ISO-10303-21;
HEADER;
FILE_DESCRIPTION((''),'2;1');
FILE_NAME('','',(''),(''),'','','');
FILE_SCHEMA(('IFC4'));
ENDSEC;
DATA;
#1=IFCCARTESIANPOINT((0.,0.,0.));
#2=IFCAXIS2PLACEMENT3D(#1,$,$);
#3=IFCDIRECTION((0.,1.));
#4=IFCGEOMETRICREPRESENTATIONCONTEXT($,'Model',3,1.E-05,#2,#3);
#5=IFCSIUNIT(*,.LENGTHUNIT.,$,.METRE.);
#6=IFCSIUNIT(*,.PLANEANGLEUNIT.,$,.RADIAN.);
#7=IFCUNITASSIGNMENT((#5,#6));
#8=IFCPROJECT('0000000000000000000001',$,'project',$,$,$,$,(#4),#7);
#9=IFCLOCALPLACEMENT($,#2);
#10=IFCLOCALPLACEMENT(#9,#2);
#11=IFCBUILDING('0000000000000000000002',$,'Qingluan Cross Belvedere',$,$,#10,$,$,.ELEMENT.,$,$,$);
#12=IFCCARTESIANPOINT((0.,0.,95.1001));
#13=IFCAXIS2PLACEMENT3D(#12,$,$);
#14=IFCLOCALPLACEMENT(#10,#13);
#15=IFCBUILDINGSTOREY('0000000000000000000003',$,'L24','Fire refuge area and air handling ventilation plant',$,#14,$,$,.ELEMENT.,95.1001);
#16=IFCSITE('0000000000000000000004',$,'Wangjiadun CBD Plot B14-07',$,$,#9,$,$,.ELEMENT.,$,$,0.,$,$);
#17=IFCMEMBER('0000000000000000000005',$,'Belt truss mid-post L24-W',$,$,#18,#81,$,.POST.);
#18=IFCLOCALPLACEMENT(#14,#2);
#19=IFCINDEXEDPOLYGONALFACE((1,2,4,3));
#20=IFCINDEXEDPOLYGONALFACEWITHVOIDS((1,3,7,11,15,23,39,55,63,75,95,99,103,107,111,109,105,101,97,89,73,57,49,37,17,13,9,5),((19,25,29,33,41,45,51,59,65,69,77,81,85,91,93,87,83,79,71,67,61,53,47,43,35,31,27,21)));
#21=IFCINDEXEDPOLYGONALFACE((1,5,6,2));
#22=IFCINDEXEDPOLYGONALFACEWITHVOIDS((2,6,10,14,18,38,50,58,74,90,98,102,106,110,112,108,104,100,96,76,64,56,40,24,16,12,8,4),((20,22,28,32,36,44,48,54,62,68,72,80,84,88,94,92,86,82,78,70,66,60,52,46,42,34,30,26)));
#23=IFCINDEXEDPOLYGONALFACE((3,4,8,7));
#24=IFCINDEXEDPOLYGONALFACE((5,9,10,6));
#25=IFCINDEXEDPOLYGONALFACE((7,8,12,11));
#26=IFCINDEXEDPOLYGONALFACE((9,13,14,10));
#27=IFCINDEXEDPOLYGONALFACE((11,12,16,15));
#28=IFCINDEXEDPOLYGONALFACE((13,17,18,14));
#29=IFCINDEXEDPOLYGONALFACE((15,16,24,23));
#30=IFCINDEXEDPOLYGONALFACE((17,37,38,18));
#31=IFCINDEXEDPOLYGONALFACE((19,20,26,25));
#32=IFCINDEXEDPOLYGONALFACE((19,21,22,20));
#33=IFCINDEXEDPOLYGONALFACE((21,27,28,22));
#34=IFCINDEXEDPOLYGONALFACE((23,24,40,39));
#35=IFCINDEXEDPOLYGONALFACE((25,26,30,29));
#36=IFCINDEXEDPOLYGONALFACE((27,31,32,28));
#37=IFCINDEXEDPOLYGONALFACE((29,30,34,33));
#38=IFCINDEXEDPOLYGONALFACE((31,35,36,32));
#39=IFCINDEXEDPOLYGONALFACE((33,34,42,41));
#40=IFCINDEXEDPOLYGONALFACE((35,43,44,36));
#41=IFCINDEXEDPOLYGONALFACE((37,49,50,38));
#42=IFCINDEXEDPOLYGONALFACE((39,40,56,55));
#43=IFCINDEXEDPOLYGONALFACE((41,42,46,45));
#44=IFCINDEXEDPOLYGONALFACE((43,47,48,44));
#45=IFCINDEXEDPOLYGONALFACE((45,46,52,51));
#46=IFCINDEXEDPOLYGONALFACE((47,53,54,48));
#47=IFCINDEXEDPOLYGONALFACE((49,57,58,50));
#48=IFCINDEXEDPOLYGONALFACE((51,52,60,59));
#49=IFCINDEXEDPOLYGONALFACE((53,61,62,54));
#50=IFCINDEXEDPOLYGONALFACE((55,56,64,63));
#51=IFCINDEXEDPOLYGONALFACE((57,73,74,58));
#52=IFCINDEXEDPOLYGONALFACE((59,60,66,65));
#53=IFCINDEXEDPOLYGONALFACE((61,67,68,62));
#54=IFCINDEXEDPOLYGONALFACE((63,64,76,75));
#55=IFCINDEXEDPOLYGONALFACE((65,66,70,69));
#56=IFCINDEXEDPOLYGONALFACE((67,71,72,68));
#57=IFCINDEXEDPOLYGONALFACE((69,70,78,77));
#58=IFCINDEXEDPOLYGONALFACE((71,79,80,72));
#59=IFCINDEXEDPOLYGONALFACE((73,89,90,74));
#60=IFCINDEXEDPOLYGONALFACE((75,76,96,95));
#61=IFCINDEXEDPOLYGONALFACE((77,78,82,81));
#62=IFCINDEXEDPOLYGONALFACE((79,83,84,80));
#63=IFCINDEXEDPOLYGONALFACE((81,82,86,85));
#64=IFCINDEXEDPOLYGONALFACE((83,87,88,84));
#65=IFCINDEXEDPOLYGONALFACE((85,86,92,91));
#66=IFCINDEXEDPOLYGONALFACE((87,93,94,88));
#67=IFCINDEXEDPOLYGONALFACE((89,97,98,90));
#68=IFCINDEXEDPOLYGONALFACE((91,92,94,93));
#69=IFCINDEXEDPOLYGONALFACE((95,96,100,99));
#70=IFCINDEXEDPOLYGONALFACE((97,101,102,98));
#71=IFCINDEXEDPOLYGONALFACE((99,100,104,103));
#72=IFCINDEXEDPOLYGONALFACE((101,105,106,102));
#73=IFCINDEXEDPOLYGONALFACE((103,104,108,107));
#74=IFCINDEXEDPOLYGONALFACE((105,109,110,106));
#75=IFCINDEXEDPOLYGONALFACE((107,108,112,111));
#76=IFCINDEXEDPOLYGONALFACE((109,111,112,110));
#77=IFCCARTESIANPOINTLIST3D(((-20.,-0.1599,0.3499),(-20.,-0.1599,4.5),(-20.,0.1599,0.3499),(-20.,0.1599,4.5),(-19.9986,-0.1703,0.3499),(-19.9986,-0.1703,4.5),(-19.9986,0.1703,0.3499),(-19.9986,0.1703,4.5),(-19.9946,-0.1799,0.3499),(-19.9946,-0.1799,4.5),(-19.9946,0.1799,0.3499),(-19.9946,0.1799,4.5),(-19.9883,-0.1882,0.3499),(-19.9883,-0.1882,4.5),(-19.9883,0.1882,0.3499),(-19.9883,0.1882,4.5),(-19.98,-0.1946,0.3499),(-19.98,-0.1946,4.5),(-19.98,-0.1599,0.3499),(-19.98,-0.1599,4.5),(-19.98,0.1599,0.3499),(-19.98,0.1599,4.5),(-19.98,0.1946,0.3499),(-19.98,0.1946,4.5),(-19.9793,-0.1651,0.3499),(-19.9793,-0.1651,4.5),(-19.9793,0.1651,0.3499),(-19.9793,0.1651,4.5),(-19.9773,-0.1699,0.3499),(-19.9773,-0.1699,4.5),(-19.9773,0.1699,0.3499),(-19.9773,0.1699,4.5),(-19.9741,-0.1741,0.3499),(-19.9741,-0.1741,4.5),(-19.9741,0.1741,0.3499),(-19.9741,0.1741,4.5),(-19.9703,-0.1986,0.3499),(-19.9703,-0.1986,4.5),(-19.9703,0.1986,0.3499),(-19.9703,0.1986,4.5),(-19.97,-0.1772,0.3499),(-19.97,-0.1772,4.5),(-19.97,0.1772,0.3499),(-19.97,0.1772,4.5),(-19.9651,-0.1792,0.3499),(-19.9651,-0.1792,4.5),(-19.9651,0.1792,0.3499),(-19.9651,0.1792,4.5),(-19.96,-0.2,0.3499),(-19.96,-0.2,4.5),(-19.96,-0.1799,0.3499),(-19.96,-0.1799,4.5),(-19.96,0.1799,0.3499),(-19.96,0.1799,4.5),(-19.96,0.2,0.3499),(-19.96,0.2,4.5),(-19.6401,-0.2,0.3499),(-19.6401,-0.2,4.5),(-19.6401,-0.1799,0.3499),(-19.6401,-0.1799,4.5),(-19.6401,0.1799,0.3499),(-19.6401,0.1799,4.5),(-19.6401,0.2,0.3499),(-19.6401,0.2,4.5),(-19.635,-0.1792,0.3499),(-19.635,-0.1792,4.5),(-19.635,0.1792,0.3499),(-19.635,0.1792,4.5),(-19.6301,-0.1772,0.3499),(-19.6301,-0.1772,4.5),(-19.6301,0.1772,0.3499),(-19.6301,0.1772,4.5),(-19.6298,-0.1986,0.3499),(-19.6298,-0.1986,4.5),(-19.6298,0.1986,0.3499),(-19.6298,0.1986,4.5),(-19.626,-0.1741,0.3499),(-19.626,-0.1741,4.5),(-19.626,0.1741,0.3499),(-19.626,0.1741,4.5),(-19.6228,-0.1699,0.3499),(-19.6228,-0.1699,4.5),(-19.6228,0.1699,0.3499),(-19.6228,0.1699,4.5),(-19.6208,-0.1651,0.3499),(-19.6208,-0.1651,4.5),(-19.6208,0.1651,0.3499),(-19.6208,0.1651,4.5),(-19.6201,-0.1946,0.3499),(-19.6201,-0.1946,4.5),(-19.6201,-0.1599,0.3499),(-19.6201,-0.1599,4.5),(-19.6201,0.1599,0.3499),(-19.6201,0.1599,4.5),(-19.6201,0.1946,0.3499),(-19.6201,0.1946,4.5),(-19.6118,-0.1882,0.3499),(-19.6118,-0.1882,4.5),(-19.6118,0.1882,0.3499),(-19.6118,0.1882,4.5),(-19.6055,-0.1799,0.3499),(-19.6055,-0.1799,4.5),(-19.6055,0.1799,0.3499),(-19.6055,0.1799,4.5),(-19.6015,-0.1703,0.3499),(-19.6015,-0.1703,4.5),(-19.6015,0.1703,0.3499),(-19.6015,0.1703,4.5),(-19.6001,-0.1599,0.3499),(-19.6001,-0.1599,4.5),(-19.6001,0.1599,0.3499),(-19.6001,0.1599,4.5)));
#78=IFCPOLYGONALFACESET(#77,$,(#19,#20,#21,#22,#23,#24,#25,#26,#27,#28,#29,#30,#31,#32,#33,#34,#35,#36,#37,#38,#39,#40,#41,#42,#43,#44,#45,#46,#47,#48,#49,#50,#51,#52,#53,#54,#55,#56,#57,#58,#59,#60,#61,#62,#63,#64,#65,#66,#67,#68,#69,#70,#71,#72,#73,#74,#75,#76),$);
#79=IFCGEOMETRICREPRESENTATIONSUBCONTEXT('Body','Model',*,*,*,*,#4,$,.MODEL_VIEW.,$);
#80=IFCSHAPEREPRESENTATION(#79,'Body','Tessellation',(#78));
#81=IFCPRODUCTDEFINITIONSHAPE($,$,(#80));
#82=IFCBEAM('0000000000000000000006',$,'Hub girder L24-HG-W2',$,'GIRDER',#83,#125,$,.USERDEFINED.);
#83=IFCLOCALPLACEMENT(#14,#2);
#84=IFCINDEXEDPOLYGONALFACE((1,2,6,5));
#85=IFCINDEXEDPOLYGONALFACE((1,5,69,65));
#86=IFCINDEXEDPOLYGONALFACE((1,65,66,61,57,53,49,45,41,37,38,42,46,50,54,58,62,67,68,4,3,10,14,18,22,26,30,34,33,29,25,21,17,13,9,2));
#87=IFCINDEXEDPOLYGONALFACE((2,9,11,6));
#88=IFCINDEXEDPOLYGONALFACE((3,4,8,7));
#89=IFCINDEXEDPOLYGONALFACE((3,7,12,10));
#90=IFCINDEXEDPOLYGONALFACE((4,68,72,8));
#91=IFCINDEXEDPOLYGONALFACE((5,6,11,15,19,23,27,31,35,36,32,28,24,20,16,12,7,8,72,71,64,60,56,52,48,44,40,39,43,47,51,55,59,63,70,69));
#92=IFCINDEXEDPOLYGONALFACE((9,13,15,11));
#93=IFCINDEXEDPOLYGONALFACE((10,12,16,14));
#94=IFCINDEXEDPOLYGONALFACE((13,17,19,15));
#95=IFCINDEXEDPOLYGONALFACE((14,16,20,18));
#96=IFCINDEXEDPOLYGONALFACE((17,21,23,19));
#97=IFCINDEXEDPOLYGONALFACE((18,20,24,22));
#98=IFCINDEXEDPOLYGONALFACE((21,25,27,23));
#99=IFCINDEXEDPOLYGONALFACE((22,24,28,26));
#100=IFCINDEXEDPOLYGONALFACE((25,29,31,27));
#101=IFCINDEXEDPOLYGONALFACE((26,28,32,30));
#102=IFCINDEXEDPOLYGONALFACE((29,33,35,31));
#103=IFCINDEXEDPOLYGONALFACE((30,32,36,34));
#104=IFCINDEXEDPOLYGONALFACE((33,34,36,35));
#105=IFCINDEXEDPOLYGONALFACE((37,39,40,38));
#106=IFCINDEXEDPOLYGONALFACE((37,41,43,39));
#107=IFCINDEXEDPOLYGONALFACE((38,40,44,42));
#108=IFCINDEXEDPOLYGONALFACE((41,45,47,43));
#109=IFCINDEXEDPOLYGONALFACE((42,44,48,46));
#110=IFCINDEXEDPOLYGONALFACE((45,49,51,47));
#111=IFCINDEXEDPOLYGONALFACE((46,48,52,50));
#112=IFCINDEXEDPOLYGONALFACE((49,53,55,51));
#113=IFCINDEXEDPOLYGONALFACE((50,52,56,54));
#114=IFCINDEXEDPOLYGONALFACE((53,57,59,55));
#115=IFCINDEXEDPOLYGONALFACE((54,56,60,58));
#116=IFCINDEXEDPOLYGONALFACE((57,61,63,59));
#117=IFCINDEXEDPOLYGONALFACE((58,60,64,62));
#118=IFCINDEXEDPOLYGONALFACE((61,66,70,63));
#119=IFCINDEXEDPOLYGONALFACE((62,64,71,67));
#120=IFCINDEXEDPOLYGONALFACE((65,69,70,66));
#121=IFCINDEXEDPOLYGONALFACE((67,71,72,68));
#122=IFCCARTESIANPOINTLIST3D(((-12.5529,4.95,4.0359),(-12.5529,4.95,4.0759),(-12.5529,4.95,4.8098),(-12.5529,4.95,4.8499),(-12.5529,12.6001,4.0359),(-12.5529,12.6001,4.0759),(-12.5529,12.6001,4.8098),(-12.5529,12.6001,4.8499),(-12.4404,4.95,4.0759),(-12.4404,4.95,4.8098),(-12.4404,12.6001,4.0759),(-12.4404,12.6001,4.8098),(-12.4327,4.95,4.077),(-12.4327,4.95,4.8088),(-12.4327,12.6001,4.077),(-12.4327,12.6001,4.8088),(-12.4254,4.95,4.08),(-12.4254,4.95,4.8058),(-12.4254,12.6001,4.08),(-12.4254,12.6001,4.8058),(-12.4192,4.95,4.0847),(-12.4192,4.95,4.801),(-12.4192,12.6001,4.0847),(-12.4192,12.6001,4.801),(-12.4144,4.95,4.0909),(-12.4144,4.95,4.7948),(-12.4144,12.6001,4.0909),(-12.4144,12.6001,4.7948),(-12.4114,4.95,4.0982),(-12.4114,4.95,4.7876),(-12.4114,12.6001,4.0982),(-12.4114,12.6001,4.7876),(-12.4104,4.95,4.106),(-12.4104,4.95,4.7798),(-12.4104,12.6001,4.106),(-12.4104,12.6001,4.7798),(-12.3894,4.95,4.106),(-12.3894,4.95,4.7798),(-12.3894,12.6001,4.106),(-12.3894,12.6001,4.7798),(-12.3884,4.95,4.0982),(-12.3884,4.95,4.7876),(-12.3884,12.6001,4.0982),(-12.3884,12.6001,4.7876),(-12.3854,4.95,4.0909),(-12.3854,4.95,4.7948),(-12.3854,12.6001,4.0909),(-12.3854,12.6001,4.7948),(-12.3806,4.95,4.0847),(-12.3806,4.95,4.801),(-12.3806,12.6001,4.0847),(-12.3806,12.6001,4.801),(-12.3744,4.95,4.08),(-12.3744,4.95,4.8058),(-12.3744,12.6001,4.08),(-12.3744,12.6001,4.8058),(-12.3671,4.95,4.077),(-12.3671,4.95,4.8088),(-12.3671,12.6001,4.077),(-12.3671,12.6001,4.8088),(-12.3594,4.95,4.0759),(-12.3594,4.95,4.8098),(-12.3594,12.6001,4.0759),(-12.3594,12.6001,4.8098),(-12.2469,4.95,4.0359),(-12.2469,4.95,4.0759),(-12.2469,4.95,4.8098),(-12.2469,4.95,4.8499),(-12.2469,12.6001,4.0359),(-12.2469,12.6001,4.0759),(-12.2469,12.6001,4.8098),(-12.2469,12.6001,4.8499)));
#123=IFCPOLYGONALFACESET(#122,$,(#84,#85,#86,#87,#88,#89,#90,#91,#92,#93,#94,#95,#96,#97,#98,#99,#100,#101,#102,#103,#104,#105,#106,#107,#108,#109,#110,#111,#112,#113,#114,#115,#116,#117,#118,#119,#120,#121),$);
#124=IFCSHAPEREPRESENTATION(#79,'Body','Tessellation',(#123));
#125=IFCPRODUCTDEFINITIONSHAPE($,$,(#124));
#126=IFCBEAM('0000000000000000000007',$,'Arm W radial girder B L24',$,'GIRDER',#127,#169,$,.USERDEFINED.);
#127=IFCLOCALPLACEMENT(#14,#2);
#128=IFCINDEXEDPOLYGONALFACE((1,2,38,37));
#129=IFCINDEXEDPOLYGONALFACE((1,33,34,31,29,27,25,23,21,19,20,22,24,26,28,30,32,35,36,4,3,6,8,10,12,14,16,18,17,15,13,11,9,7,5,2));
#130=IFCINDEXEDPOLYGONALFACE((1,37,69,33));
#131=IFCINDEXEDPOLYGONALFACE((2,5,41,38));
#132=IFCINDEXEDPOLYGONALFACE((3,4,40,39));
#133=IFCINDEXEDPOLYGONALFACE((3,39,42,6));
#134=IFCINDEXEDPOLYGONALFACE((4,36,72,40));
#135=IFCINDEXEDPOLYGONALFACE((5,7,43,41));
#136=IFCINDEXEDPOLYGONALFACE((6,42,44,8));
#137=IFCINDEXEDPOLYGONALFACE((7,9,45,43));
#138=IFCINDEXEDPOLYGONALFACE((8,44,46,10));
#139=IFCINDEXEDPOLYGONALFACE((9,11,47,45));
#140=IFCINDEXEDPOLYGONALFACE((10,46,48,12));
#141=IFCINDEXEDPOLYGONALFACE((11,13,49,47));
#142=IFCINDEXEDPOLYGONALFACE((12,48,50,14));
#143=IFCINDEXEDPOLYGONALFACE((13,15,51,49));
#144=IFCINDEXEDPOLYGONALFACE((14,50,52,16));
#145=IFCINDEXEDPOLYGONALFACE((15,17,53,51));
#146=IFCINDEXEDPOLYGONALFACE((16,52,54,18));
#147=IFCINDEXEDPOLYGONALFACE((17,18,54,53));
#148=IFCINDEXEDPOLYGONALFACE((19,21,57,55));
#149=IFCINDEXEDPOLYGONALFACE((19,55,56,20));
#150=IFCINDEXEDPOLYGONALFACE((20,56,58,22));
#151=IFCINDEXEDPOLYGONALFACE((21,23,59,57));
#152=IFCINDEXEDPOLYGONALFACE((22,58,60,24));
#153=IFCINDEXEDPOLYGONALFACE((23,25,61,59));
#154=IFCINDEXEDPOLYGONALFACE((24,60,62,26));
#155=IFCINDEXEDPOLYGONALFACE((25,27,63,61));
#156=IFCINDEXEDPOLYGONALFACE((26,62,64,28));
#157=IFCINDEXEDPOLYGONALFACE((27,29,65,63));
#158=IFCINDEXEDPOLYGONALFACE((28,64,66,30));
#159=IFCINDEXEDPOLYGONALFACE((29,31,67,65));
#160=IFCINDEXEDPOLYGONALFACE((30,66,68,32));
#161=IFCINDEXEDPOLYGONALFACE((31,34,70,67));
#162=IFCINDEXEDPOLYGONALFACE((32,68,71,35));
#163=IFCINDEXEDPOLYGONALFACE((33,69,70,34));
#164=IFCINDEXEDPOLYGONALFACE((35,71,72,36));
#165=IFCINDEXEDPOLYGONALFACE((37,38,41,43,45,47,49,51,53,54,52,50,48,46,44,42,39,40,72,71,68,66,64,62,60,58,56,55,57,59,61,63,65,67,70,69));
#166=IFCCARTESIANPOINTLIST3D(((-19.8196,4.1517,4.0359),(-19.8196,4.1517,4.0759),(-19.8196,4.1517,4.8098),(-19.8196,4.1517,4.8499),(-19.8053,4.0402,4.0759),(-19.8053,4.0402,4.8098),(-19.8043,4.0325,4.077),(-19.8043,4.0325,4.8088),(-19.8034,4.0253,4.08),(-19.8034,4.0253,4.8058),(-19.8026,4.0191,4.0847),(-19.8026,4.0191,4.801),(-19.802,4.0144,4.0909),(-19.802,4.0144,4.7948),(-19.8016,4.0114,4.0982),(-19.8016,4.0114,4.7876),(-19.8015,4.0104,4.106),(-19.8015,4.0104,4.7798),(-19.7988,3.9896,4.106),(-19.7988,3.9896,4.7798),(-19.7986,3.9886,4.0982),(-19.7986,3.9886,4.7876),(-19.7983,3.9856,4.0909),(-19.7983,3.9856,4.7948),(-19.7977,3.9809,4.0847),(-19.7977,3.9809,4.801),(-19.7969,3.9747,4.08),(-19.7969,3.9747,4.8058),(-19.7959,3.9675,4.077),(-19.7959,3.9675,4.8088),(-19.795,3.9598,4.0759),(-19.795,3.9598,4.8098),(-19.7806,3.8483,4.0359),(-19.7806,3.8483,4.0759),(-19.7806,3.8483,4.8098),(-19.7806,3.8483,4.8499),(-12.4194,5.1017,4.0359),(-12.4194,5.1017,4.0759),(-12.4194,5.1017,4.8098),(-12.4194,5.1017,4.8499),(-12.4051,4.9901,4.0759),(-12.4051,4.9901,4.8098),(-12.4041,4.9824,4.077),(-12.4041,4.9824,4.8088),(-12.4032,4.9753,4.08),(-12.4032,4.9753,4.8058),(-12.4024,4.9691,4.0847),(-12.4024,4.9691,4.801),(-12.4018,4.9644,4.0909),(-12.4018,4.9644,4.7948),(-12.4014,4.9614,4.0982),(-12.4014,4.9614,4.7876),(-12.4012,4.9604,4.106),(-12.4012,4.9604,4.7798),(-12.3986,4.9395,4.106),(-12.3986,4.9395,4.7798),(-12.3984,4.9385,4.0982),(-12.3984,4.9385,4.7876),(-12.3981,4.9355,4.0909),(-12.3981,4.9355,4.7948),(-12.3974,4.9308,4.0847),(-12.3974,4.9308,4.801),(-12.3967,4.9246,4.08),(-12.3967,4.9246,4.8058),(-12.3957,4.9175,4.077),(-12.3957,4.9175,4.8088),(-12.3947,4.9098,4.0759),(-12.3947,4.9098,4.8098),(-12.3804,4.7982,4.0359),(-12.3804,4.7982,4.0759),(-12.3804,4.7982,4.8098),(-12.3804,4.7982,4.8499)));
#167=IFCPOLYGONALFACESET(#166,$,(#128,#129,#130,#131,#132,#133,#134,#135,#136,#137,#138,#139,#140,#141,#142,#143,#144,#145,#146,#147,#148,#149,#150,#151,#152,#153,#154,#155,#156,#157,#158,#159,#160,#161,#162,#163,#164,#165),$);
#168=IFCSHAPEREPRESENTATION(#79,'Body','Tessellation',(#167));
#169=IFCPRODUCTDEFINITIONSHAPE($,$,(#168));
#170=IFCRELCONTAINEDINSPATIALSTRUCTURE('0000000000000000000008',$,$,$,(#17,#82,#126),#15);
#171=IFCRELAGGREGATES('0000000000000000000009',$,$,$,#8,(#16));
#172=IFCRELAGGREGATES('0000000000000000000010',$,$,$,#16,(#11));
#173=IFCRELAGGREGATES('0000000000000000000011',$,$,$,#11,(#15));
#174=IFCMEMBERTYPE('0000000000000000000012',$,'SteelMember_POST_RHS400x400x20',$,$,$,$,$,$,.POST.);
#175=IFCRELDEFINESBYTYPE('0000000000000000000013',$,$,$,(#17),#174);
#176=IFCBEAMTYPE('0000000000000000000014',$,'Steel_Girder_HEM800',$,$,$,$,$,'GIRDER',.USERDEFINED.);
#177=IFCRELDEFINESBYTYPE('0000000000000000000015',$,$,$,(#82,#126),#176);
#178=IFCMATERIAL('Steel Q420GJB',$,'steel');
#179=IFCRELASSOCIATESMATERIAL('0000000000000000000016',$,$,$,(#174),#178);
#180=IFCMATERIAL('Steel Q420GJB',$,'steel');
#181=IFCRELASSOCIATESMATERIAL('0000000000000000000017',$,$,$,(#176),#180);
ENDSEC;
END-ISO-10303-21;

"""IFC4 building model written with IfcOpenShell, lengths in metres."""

from ifc_helpers import new_model, si_unit, direction, frame, origin, origin_2d, place, context, subcontext, project, spatial, hollow_rectangle, i_section, extrude, material, material_profile, profile_set, type_object, element, save


model = new_model("IFC4")

# Units and contexts
model_context = context("Model", 3, precision=1e-05, world=origin(), true_north=direction((0.0, 1.0)))
body_context = subcontext(model_context, "Body", "Model", "MODEL_VIEW")
ifc_project = project(units=[si_unit("LENGTHUNIT", "METRE"), si_unit("PLANEANGLEUNIT", "RADIAN")], contexts=[model_context])

# Site, building, storey
site_placement = place(None, origin())
site = spatial("IfcSite", under=ifc_project, at=site_placement, Name="Wangjiadun CBD Plot B14-07", CompositionType="ELEMENT", RefElevation=0.0)
building_placement = place(site_placement, origin())
building = spatial("IfcBuilding", under=site, at=building_placement, Name="Qingluan Cross Belvedere", CompositionType="ELEMENT")
storey_placement = place(building_placement, frame((0.0, 0.0, 95.1001)))
storey = spatial("IfcBuildingStorey", under=building, at=storey_placement, Name="L24", Description="Fire refuge area and air handling ventilation plant", CompositionType="ELEMENT", Elevation=95.1001)

# Member
ifc_material_1 = material(Name="Steel Q420GJB", Category="steel")
ifc_material_profile_1 = material_profile(ifc_material_1, hollow_rectangle(XDim=0.3999, YDim=0.3999, WallThickness=0.02, InnerFilletRadius=0.02, OuterFilletRadius=0.04, at=origin_2d()), Name="RHS400x400x20")
ifc_profile_set_1 = profile_set([ifc_material_profile_1], Name="Steel Q420GJB")
member_type_1 = type_object("IfcMemberType", Name="SteelMember_POST_RHS400x400x20", PredefinedType="POST", material=ifc_profile_set_1)
member_1_placement = place(storey_placement, frame((-19.8, 0.0, 0.3499), z_axis=(0.0, 0.0, 1.0), x_axis=(1.0, 0.0, 0.0)))
element("IfcMember", 1, at=member_1_placement, inside=storey, type_object=member_type_1, Name="Belt truss mid-post L24-W", PredefinedType="POST", context=body_context, shape_type="SweptSolid", body=[
    extrude(hollow_rectangle(XDim=0.3999, YDim=0.3999, WallThickness=0.02, InnerFilletRadius=0.02, OuterFilletRadius=0.04, at=origin_2d()), origin(), (0.0, 0.0, 1.0), 4.1501),
])

# Beams
ifc_material_2 = material(Name="Steel Q420GJB", Category="steel")
ifc_material_profile_2 = material_profile(ifc_material_2, i_section(OverallWidth=0.3059, OverallDepth=0.814, WebThickness=0.021, FlangeThickness=0.04, FilletRadius=0.03, at=origin_2d()), Name="HEM800")
ifc_profile_set_2 = profile_set([ifc_material_profile_2], Name="Steel Q420GJB")
beam_type = type_object("IfcBeamType", Name="Steel_Girder_HEM800", ElementType="GIRDER", PredefinedType="USERDEFINED", material=ifc_profile_set_2)
beam_1_placement = place(storey_placement, frame((-12.3999, 4.95, 4.4429), z_axis=(0.0, 1.0, 0.0), x_axis=(-1.0, 0.0, 0.0)))
element("IfcBeam", 2, at=beam_1_placement, inside=storey, type_object=beam_type, Name="Hub girder L24-HG-W2", ObjectType="GIRDER", PredefinedType="USERDEFINED", context=body_context, shape_type="SweptSolid", body=[
    extrude(i_section(OverallWidth=0.3059, OverallDepth=0.814, WebThickness=0.021, FlangeThickness=0.04, FilletRadius=0.03, at=origin_2d()), origin(), (0.0, 0.0, 1.0), 7.6501),
])
beam_2_placement = place(storey_placement, frame((-12.3999, 4.95, 4.4429), z_axis=(-0.991861, -0.127324, 0.0), x_axis=(0.127324, -0.991861, 0.0)))
element("IfcBeam", 3, at=beam_2_placement, inside=storey, type_object=beam_type, Name="Arm W radial girder B L24", ObjectType="GIRDER", PredefinedType="USERDEFINED", context=body_context, shape_type="SweptSolid", body=[
    extrude(i_section(OverallWidth=0.3059, OverallDepth=0.814, WebThickness=0.021, FlangeThickness=0.04, FilletRadius=0.03, at=origin_2d()), origin(), (0.0, 0.0, 1.0), 7.4609),
])

save(model, "model.ifc")
